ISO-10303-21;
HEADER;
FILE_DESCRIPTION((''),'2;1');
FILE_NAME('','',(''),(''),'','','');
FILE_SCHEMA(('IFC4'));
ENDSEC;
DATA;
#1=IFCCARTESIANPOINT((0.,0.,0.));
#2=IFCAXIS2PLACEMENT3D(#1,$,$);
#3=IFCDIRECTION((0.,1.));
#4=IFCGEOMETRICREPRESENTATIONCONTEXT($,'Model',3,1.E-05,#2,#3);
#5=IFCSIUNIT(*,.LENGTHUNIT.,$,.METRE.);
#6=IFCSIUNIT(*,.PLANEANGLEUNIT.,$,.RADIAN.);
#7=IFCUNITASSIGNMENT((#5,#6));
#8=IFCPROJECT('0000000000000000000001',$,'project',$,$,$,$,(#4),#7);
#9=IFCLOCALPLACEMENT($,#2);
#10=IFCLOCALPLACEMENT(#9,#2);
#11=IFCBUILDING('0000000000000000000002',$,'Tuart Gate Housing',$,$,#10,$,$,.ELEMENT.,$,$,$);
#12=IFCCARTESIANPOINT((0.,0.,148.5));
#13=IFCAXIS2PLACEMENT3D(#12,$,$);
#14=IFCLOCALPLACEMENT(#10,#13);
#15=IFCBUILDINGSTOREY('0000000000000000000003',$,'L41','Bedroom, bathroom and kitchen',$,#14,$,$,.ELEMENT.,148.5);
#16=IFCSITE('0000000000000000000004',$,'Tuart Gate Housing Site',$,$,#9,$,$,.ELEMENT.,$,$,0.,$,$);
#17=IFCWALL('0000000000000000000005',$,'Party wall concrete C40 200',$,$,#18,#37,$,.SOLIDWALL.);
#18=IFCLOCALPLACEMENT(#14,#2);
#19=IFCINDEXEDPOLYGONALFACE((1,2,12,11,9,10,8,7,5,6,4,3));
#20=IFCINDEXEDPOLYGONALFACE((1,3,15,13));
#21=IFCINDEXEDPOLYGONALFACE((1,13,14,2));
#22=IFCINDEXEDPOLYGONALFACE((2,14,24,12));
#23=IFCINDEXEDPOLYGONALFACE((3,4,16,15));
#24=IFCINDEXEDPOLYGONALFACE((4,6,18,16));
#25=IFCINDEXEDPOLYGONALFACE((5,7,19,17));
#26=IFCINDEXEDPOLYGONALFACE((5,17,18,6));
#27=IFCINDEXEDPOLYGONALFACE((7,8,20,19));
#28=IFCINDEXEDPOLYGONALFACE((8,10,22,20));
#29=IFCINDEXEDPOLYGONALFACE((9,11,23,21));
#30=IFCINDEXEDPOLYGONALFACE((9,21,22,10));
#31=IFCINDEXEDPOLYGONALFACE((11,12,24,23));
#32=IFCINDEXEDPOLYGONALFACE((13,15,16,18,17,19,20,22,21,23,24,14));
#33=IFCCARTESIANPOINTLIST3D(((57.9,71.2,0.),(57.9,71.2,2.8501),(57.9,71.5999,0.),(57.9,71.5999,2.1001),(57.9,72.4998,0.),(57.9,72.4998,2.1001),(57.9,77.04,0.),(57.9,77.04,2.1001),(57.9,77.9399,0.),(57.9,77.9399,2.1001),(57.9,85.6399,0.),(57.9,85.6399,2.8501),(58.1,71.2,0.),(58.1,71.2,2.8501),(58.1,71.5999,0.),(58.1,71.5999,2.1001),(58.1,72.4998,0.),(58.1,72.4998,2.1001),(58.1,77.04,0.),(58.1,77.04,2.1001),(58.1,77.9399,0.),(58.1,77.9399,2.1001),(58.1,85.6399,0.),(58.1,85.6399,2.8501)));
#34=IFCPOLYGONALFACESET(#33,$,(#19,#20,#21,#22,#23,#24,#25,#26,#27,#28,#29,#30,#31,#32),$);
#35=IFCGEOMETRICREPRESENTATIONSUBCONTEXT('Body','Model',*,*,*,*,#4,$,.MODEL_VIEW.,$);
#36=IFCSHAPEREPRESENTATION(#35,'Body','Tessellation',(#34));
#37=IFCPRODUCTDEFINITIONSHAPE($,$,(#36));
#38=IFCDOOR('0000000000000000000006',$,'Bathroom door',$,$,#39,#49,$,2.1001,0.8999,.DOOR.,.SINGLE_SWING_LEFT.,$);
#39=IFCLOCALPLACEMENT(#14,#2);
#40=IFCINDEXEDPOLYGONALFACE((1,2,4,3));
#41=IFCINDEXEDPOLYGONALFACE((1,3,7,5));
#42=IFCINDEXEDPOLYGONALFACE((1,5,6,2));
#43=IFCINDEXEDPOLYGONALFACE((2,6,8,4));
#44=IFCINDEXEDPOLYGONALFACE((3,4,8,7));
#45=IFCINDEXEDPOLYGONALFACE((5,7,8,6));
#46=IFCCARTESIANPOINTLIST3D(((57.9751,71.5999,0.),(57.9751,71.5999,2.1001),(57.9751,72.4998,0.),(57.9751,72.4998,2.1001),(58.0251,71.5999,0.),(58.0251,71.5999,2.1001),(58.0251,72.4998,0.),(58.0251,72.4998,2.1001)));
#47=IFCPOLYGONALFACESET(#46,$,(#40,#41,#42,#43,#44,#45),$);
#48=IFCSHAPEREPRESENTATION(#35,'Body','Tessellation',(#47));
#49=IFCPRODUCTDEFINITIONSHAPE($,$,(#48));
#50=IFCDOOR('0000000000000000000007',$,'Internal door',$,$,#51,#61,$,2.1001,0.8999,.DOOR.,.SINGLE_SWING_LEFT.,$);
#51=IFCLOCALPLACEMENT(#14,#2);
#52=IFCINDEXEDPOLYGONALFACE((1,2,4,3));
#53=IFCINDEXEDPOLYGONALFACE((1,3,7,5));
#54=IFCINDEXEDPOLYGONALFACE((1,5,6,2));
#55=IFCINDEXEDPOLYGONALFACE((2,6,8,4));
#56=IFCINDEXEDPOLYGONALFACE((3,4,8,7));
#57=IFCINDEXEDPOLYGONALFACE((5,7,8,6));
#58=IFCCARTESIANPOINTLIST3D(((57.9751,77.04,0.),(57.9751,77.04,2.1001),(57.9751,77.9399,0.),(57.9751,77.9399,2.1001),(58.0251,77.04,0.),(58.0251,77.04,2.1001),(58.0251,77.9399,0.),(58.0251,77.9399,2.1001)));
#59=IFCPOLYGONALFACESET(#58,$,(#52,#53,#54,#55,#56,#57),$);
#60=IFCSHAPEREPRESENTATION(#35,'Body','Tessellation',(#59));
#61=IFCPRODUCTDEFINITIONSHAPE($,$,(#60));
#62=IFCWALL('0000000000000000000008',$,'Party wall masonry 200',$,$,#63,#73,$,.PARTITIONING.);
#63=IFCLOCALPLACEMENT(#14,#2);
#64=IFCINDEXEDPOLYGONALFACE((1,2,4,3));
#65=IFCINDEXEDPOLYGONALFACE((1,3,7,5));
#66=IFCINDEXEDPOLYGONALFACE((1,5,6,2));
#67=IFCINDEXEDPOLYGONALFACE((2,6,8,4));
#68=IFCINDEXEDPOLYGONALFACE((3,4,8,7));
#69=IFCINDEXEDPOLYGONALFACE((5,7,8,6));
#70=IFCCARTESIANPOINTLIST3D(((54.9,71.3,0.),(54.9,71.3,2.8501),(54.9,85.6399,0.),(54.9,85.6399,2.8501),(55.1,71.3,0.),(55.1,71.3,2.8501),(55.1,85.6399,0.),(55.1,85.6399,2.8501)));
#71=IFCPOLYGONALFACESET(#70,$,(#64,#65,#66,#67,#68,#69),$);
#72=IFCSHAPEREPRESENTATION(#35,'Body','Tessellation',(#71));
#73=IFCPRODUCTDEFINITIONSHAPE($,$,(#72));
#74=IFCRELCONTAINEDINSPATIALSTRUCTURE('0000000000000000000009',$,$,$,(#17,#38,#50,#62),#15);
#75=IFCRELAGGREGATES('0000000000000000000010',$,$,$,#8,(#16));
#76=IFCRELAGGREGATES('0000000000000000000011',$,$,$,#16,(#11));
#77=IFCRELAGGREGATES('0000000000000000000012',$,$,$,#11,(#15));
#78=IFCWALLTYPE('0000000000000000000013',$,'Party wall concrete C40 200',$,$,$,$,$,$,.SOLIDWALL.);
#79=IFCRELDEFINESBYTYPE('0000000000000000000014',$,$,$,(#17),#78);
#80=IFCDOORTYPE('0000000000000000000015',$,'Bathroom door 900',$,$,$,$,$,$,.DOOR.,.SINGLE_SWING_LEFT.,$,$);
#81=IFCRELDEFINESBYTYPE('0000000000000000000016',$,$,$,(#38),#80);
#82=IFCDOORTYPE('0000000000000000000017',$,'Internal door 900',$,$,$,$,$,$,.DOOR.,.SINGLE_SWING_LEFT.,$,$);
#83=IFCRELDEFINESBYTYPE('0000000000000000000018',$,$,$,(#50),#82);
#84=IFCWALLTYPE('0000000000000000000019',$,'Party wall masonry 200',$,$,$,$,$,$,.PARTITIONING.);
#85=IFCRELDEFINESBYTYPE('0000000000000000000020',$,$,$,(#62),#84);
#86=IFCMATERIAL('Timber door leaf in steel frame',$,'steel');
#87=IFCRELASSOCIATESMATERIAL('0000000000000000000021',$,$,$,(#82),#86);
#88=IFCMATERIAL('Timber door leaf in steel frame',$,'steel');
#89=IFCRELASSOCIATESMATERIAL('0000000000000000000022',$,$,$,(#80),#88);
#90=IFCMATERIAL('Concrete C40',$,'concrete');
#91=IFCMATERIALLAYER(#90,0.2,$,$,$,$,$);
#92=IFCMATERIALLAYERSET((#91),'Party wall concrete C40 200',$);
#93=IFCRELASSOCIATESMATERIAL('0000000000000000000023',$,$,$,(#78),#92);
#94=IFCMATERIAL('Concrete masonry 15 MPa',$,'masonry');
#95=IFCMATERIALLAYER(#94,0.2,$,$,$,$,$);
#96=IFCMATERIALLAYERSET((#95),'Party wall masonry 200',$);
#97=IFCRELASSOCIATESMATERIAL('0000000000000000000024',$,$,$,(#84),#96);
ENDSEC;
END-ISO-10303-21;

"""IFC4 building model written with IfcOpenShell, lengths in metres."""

from ifc_helpers import new_model, si_unit, direction, frame, frame_2d, origin, place, context, subcontext, project, spatial, rectangle, extrude, material, layer, layer_set, type_object, element, fill, save


model = new_model("IFC4")

# Units and contexts
model_context = context("Model", 3, precision=1e-05, world=origin(), true_north=direction((0.0, 1.0)))
body_context = subcontext(model_context, "Body", "Model", "MODEL_VIEW")
ifc_project = project(units=[si_unit("LENGTHUNIT", "METRE"), si_unit("PLANEANGLEUNIT", "RADIAN")], contexts=[model_context])

# Site, building, storey
site_placement = place(None, origin())
site = spatial("IfcSite", under=ifc_project, at=site_placement, Name="Tuart Gate Housing Site", CompositionType="ELEMENT", RefElevation=0.0)
building_placement = place(site_placement, origin())
building = spatial("IfcBuilding", under=site, at=building_placement, Name="Tuart Gate Housing", CompositionType="ELEMENT")
storey_placement = place(building_placement, frame((0.0, 0.0, 148.5)))
storey = spatial("IfcBuildingStorey", under=building, at=storey_placement, Name="L41", Description="Bedroom, bathroom and kitchen", CompositionType="ELEMENT", Elevation=148.5)

# Shared definitions
ifc_material_1 = material(Name="Timber door leaf in steel frame", Category="steel")
door_type_1 = type_object("IfcDoorType", Name="Internal door 900", OperationType="SINGLE_SWING_LEFT", PredefinedType="DOOR", material=ifc_material_1)

# Shared definitions
ifc_material_2 = material(Name="Timber door leaf in steel frame", Category="steel")
door_type_2 = type_object("IfcDoorType", Name="Bathroom door 900", OperationType="SINGLE_SWING_LEFT", PredefinedType="DOOR", material=ifc_material_2)

# Shared definitions
ifc_material_3 = material(Name="Concrete C40", Category="concrete")
ifc_layer_1 = layer(ifc_material_3, 0.2)
ifc_layer_set_1 = layer_set([ifc_layer_1], Name="Party wall concrete C40 200")
wall_type_1 = type_object("IfcWallType", Name="Party wall concrete C40 200", PredefinedType="SOLIDWALL", material=ifc_layer_set_1)

# Wall, openings, doors
wall_1_placement = place(storey_placement, frame((58.0, 71.2, 0.0), z_axis=(0.0, 0.0, 1.0), x_axis=(0.0, 1.0, 0.0)))
wall_1 = element("IfcWall", 1, at=wall_1_placement, inside=storey, type_object=wall_type_1, Name="Party wall concrete C40 200", PredefinedType="SOLIDWALL", context=body_context, shape_type="SweptSolid", body=[
    extrude(rectangle(XDim=14.4399, YDim=0.2, at=frame_2d((7.22, 0.0))), origin(), (0.0, 0.0, 1.0), 2.8501),
])
opening_1_placement = place(wall_1_placement, frame((5.8401, 0.0, 0.0)))
opening_1 = element("IfcOpeningElement", 2, at=opening_1_placement, cuts=wall_1, PredefinedType="OPENING", context=body_context, shape_type="SweptSolid", body=[
    extrude(rectangle(XDim=0.8999, YDim=2.1001, at=frame_2d((0.45, 1.05))), frame((0.0, 0.1099, 0.0), z_axis=(0.0, -1.0, 0.0), x_axis=(1.0, 0.0, 0.0)), (0.0, 0.0, 1.0), 0.22),
])
opening_2_placement = place(wall_1_placement, frame((0.3999, 0.0, 0.0)))
opening_2 = element("IfcOpeningElement", 3, at=opening_2_placement, cuts=wall_1, PredefinedType="OPENING", context=body_context, shape_type="SweptSolid", body=[
    extrude(rectangle(XDim=0.8999, YDim=2.1001, at=frame_2d((0.45, 1.05))), frame((0.0, 0.1099, 0.0), z_axis=(0.0, -1.0, 0.0), x_axis=(1.0, 0.0, 0.0)), (0.0, 0.0, 1.0), 0.22),
])
door_1_placement = place(opening_2_placement, origin())
door_1 = element("IfcDoor", 4, at=door_1_placement, inside=storey, type_object=door_type_2, Name="Bathroom door", OperationType="SINGLE_SWING_LEFT", OverallHeight=2.1001, OverallWidth=0.8999, PredefinedType="DOOR", context=body_context, shape_type="SweptSolid", body=[
    extrude(rectangle(XDim=0.8999, YDim=2.1001, at=frame_2d((0.45, 1.05))), frame((0.0, 0.0249, 0.0), z_axis=(0.0, -1.0, 0.0), x_axis=(1.0, 0.0, 0.0)), (0.0, 0.0, 1.0), 0.05),
])
fill(opening_2, door_1)
door_2_placement = place(opening_1_placement, origin())
door_2 = element("IfcDoor", 5, at=door_2_placement, inside=storey, type_object=door_type_1, Name="Internal door", OperationType="SINGLE_SWING_LEFT", OverallHeight=2.1001, OverallWidth=0.8999, PredefinedType="DOOR", context=body_context, shape_type="SweptSolid", body=[
    extrude(rectangle(XDim=0.8999, YDim=2.1001, at=frame_2d((0.45, 1.05))), frame((0.0, 0.0249, 0.0), z_axis=(0.0, -1.0, 0.0), x_axis=(1.0, 0.0, 0.0)), (0.0, 0.0, 1.0), 0.05),
])
fill(opening_1, door_2)

# Wall
ifc_material_4 = material(Name="Concrete masonry 15 MPa", Category="masonry")
ifc_layer_2 = layer(ifc_material_4, 0.2)
ifc_layer_set_2 = layer_set([ifc_layer_2], Name="Party wall masonry 200")
wall_type_2 = type_object("IfcWallType", Name="Party wall masonry 200", PredefinedType="PARTITIONING", material=ifc_layer_set_2)
wall_2_placement = place(storey_placement, frame((55.0, 71.3, 0.0), z_axis=(0.0, 0.0, 1.0), x_axis=(0.0, 1.0, 0.0)))
element("IfcWall", 6, at=wall_2_placement, inside=storey, type_object=wall_type_2, Name="Party wall masonry 200", PredefinedType="PARTITIONING", context=body_context, shape_type="SweptSolid", body=[
    extrude(rectangle(XDim=14.3398, YDim=0.2, at=frame_2d((7.1699, 0.0))), origin(), (0.0, 0.0, 1.0), 2.8501),
])

save(model, "model.ifc")
